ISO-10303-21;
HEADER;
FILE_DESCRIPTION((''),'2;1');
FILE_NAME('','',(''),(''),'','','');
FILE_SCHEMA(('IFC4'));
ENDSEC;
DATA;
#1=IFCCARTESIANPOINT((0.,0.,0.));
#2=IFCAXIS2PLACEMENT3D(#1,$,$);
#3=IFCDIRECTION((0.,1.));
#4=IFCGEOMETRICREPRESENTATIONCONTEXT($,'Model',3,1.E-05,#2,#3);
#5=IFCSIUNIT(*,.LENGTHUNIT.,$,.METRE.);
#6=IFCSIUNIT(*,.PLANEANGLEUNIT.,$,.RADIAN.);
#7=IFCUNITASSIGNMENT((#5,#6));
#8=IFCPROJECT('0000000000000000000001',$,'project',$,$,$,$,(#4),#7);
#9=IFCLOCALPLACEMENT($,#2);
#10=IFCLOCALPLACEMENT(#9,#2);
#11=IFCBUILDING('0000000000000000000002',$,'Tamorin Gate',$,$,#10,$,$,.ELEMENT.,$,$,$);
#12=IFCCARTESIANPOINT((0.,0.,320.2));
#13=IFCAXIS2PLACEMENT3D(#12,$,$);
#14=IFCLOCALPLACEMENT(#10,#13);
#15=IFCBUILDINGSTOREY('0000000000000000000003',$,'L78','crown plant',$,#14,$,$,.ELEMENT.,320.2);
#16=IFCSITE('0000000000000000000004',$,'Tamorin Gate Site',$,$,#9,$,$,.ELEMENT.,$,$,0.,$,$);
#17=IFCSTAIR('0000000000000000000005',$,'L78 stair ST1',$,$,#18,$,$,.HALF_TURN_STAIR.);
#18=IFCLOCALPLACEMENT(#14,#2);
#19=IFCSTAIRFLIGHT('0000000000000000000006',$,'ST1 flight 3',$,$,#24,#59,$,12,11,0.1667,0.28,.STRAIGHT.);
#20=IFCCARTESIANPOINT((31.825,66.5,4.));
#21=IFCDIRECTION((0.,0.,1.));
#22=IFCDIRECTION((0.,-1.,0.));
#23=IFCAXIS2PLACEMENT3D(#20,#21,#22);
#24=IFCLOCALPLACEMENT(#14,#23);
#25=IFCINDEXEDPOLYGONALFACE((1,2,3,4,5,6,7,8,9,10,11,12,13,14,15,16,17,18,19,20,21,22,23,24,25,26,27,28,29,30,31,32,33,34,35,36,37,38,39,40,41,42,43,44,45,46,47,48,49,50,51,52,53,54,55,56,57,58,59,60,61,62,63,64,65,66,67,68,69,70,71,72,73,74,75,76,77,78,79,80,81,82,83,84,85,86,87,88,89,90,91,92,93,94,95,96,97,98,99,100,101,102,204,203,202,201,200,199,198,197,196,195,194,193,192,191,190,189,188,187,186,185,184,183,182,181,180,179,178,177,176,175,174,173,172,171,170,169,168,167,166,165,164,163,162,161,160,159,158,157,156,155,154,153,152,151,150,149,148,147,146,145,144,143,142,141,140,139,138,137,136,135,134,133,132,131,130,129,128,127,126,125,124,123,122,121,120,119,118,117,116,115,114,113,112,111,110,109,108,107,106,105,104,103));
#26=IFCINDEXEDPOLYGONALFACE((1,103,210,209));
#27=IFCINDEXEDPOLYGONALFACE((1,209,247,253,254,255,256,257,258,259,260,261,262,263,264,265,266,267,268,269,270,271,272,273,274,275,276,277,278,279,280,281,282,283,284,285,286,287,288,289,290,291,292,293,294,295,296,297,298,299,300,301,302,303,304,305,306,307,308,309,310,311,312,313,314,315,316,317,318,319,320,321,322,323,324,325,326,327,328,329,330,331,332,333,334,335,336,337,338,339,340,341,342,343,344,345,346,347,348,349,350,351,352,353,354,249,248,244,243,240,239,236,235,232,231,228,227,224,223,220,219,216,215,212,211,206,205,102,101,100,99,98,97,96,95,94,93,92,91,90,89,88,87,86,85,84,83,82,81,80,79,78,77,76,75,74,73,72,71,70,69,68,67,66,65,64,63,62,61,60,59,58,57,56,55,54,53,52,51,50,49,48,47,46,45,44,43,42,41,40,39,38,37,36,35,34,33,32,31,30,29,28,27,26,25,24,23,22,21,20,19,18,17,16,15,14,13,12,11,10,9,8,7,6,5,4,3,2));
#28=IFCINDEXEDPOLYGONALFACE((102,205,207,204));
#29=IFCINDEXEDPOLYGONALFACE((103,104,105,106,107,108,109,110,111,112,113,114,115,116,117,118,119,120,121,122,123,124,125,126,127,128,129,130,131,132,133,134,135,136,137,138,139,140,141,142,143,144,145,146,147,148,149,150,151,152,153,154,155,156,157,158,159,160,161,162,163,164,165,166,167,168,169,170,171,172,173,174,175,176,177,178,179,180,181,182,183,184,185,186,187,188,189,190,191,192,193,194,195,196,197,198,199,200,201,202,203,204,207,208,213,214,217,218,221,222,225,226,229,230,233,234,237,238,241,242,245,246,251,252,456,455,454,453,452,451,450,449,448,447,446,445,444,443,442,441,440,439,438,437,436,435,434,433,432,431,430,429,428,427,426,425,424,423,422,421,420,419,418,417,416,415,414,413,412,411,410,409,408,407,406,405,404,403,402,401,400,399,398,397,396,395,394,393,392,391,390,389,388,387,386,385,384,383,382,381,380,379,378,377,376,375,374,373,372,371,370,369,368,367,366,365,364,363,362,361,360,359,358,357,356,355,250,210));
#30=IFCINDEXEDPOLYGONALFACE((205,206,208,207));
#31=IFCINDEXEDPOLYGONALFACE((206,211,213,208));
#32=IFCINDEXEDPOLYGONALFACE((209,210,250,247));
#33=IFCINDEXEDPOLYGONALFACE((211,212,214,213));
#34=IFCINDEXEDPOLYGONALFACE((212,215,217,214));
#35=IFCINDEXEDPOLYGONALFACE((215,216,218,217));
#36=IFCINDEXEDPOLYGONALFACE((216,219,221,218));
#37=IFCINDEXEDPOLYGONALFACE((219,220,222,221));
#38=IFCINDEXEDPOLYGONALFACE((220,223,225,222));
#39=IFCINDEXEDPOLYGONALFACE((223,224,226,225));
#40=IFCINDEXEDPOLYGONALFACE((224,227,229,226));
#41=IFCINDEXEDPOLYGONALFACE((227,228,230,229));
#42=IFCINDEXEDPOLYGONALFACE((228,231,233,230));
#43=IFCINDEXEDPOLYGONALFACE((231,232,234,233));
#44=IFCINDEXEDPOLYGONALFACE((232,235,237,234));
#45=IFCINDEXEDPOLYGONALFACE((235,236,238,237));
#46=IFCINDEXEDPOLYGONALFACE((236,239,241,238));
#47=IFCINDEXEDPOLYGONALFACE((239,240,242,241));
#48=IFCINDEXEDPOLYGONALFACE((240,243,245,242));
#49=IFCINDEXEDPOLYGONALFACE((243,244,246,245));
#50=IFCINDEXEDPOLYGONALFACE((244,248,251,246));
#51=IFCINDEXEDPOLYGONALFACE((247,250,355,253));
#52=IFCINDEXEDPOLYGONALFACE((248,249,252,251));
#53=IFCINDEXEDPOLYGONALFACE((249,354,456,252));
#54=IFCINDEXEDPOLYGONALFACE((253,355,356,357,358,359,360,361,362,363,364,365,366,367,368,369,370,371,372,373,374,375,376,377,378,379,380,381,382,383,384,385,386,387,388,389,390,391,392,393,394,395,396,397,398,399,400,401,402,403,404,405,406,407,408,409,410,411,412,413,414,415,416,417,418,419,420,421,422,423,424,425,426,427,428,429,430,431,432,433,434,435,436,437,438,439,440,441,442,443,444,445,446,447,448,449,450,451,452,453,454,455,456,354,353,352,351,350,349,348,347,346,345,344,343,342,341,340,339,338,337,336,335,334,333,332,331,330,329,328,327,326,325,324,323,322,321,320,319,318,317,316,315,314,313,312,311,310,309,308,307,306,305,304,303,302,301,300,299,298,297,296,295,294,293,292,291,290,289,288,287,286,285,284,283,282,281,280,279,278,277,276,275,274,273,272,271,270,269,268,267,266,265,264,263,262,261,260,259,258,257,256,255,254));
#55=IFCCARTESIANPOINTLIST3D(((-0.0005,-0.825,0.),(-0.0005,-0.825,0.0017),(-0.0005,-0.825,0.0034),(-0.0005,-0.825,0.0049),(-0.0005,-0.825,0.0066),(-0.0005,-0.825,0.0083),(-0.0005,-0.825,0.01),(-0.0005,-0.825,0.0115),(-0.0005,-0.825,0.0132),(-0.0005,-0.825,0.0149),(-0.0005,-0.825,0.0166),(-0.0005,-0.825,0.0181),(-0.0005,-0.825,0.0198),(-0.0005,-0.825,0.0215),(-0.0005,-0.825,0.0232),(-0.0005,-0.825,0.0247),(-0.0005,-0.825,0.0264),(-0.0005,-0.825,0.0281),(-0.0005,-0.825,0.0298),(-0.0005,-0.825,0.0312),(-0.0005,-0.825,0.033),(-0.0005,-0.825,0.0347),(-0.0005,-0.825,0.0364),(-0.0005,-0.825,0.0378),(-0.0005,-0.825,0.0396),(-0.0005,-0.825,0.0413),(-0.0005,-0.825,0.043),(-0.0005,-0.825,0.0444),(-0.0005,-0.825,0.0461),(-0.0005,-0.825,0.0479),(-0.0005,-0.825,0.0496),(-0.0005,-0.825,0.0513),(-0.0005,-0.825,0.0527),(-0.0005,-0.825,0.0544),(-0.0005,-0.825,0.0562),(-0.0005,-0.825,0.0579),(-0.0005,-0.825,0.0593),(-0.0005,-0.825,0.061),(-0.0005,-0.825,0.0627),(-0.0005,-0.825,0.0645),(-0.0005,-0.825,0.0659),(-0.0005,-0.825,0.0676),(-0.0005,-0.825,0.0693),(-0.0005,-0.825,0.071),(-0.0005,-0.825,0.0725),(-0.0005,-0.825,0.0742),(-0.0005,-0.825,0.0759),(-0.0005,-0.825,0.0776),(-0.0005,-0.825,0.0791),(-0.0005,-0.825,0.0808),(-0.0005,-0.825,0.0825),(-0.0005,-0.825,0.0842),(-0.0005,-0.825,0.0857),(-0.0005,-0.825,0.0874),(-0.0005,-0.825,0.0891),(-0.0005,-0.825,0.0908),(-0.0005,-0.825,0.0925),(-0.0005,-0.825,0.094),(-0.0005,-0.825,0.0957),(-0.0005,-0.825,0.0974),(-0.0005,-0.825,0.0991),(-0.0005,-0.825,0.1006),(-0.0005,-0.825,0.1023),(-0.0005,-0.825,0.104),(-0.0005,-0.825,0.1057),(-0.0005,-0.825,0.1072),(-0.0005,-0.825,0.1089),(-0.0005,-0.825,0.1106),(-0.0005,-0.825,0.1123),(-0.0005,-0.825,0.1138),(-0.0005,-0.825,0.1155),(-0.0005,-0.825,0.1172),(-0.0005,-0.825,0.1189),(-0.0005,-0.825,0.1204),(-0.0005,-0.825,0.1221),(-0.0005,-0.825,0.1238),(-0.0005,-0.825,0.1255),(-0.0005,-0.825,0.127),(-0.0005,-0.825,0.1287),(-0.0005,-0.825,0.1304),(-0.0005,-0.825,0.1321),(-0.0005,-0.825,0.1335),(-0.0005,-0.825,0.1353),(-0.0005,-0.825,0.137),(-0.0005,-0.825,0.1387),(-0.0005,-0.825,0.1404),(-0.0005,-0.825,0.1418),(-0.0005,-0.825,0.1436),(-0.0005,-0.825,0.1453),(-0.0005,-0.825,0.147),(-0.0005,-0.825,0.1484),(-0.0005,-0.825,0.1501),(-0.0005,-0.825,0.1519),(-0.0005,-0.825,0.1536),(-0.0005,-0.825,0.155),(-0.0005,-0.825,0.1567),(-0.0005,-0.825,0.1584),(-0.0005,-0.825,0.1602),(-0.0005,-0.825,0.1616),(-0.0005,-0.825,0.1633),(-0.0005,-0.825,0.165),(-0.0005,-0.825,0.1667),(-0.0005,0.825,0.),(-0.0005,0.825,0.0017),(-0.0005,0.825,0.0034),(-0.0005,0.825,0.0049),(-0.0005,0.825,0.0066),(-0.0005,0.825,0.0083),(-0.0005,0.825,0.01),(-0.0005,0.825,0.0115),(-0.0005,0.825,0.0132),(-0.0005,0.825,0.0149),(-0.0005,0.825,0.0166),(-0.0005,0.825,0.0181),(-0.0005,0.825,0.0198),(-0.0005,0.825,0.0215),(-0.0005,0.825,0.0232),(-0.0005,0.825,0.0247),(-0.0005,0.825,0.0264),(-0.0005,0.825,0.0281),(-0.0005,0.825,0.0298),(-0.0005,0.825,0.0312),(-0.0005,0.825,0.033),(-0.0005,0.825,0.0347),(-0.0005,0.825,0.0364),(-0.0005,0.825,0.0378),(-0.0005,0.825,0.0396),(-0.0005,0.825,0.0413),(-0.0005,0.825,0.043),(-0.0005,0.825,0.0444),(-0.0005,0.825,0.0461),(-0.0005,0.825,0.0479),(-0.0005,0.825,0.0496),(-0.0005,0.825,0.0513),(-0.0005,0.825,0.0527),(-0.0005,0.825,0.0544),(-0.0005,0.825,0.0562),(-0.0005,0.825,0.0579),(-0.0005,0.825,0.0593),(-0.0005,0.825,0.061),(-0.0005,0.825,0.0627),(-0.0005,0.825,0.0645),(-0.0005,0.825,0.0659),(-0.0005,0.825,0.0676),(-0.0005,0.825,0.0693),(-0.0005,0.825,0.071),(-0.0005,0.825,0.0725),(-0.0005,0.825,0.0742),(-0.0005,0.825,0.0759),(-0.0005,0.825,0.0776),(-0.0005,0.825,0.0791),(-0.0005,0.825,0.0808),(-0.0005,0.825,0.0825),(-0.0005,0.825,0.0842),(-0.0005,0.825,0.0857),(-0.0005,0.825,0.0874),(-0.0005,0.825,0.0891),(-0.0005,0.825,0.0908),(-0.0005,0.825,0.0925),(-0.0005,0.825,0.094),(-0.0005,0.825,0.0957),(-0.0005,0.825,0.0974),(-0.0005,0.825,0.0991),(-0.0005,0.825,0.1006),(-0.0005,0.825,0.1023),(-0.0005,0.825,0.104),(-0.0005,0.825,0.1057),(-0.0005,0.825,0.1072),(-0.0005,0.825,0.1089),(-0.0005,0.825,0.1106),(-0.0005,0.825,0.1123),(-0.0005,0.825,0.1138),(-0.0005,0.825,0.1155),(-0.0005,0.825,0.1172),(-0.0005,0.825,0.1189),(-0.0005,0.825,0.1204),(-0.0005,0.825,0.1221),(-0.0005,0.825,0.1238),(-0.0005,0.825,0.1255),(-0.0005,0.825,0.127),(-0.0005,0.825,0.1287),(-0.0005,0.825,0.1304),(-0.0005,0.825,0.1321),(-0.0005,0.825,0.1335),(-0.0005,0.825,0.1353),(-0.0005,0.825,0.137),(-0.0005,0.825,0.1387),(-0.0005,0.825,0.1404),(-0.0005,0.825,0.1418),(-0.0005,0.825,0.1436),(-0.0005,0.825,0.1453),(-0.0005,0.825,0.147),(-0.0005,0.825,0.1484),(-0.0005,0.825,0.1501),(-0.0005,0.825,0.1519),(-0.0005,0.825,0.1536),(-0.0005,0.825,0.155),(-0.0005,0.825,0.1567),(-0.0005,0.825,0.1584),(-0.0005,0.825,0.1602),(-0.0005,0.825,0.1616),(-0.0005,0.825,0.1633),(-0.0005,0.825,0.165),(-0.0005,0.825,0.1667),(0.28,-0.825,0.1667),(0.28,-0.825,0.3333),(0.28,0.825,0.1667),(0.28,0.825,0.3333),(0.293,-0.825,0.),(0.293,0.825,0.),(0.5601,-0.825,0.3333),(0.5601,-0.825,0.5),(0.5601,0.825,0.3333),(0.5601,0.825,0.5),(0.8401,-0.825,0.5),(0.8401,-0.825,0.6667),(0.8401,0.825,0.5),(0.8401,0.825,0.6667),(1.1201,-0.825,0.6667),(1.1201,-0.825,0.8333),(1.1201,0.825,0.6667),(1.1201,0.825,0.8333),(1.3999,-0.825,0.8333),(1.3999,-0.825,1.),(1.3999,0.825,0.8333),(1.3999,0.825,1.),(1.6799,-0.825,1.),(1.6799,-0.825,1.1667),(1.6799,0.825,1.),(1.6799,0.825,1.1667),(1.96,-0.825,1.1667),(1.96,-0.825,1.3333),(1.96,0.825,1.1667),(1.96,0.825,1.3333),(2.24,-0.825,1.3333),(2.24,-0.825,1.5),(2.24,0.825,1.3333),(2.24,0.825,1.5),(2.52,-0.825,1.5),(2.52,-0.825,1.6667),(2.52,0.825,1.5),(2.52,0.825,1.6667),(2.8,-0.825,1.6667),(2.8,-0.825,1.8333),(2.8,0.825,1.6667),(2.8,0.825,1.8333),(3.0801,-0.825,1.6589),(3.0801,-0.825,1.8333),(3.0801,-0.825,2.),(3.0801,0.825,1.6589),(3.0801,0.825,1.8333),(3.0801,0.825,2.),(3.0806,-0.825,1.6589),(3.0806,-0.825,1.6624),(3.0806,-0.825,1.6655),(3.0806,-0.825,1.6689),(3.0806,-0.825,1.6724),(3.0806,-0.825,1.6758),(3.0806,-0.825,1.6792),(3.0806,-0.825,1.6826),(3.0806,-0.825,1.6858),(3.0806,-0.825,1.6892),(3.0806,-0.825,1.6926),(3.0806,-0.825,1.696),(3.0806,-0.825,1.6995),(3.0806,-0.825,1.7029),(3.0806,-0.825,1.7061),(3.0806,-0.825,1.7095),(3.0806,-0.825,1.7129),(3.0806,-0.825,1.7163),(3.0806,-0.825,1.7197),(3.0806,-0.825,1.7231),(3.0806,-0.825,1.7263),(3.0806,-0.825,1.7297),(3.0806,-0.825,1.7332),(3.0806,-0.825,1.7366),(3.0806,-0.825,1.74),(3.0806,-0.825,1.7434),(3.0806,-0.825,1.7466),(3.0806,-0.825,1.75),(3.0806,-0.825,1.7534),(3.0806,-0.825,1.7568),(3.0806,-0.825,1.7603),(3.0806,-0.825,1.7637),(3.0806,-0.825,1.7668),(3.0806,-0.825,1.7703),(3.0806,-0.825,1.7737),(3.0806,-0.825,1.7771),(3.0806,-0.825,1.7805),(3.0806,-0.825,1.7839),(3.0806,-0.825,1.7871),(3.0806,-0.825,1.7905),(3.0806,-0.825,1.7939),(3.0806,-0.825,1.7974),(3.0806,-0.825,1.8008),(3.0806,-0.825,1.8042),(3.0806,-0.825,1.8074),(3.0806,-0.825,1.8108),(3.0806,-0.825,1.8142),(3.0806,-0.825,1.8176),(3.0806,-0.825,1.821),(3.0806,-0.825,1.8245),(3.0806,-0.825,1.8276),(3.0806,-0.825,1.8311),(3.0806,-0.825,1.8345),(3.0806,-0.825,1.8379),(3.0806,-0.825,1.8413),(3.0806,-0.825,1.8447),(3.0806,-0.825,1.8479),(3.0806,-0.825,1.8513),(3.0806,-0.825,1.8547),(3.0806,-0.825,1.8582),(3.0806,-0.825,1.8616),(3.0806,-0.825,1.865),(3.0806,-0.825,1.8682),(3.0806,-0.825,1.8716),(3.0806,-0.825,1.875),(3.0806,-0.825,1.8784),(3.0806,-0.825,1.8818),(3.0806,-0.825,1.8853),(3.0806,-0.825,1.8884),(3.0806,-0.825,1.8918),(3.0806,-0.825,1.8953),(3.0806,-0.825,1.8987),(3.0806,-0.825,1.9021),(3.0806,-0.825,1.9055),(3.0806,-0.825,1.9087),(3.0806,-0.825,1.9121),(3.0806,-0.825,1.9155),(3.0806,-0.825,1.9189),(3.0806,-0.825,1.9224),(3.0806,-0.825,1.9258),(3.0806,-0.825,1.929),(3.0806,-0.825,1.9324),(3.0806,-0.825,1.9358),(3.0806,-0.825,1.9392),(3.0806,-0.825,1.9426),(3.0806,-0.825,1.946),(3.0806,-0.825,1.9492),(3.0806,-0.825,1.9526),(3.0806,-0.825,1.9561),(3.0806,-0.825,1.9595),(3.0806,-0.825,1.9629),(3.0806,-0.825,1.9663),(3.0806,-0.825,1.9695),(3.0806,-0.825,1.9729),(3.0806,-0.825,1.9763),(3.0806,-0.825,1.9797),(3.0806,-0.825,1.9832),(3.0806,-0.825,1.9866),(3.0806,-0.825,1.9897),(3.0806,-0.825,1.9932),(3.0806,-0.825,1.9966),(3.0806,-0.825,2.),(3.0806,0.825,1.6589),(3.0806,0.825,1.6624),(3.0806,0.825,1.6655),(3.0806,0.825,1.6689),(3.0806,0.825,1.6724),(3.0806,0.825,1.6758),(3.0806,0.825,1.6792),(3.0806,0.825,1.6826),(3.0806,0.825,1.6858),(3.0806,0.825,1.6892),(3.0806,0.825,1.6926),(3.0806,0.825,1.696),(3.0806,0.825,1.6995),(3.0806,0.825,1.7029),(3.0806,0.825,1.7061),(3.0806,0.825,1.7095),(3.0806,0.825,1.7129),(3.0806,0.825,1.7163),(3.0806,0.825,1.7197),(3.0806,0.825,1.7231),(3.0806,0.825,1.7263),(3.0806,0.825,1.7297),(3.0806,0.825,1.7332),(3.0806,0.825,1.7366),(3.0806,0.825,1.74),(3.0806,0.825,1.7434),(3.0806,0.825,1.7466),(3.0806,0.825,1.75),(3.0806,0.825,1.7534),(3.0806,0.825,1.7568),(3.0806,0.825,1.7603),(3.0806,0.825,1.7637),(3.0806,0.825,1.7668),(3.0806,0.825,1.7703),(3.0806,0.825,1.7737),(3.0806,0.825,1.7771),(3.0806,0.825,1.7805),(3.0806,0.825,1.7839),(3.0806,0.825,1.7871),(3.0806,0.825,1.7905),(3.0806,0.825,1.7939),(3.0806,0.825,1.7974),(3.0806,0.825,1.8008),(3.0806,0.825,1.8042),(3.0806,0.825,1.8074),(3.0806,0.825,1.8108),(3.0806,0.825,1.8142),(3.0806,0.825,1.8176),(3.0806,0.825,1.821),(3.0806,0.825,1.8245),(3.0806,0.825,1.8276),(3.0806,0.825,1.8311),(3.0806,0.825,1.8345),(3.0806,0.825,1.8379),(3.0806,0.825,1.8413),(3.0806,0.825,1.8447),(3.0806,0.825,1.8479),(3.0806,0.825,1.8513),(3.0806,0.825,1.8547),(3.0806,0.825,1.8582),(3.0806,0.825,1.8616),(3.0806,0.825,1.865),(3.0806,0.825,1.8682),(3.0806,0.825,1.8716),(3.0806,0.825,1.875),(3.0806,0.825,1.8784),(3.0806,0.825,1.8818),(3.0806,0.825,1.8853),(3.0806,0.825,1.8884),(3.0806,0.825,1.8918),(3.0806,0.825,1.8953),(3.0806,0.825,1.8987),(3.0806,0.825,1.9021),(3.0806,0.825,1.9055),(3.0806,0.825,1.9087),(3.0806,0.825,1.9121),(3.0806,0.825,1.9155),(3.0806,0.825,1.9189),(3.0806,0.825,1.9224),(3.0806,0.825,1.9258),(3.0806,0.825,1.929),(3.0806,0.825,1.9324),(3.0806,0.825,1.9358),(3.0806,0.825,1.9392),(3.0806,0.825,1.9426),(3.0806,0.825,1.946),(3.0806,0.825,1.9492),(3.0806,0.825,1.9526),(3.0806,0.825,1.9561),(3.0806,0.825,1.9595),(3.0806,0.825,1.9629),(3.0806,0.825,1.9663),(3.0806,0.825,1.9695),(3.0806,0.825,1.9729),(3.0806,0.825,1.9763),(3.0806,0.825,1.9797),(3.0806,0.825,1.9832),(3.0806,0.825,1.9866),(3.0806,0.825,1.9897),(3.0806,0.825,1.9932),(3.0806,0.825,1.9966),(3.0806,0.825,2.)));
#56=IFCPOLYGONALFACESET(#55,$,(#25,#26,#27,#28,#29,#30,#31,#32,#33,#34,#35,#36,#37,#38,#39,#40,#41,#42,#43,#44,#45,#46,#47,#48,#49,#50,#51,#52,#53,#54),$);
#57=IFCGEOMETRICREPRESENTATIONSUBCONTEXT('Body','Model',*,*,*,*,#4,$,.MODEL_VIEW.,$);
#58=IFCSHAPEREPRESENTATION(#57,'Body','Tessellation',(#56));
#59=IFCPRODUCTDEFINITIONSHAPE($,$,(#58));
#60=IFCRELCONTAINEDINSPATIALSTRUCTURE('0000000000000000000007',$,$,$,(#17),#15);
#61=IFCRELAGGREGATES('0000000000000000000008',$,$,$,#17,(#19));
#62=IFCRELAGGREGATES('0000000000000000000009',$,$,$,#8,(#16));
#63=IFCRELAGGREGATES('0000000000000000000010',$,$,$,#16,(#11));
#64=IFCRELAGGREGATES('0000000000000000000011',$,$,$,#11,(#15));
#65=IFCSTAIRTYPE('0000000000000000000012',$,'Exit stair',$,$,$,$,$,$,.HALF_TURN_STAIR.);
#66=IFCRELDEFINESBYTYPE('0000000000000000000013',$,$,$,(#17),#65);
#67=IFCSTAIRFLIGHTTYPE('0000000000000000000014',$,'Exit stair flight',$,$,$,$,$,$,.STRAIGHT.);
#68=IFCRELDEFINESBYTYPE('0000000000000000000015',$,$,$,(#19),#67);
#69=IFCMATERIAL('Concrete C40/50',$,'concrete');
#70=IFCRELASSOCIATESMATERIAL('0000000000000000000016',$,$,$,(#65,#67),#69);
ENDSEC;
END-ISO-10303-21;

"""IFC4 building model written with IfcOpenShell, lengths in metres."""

from ifc_helpers import new_model, si_unit, direction, frame, origin, place, context, subcontext, project, spatial, polyline, outline, extrude, material, type_object, element, aggregate, save


model = new_model("IFC4")

# Units and contexts
model_context = context("Model", 3, precision=1e-05, world=origin(), true_north=direction((0.0, 1.0)))
body_context = subcontext(model_context, "Body", "Model", "MODEL_VIEW")
ifc_project = project(units=[si_unit("LENGTHUNIT", "METRE"), si_unit("PLANEANGLEUNIT", "RADIAN")], contexts=[model_context])

# Site, building, storey
site_placement = place(None, origin())
site = spatial("IfcSite", under=ifc_project, at=site_placement, Name="Tamorin Gate Site", CompositionType="ELEMENT", RefElevation=0.0)
building_placement = place(site_placement, origin())
building = spatial("IfcBuilding", under=site, at=building_placement, Name="Tamorin Gate", CompositionType="ELEMENT")
storey_placement = place(building_placement, frame((0.0, 0.0, 320.2)))
storey = spatial("IfcBuildingStorey", under=building, at=storey_placement, Name="L78", Description="crown plant", CompositionType="ELEMENT", Elevation=320.2)

# Shared definitions
ifc_material_1 = material(Name="Concrete C40/50", Category="concrete")

# Stair, stair flight
stair_type = type_object("IfcStairType", Name="Exit stair", PredefinedType="HALF_TURN_STAIR", material=ifc_material_1)
stair_placement = place(storey_placement, origin())
stair = element("IfcStair", 1, at=stair_placement, inside=storey, type_object=stair_type, Name="L78 stair ST1", PredefinedType="HALF_TURN_STAIR")
stair_flight_type = type_object("IfcStairFlightType", Name="Exit stair flight", PredefinedType="STRAIGHT", material=ifc_material_1)
stair_flight_1_placement = place(storey_placement, frame((31.825, 66.5, 4.0), z_axis=(0.0, 0.0, 1.0), x_axis=(0.0, -1.0, 0.0)))
stair_flight_1 = element("IfcStairFlight", 2, at=stair_flight_1_placement, type_object=stair_flight_type, Name="ST1 flight 3", NumberOfRisers=12, NumberOfTreads=11, PredefinedType="STRAIGHT", RiserHeight=0.1667, TreadLength=0.28, context=body_context, shape_type="SweptSolid", body=[
    extrude(outline(polyline([(-0.0005, 0.0), (-0.0005, 0.0017), (-0.0005, 0.0034), (-0.0005, 0.0049), (-0.0005, 0.0066), (-0.0005, 0.0083), (-0.0005, 0.01), (-0.0005, 0.0115), (-0.0005, 0.0132), (-0.0005, 0.0149), (-0.0005, 0.0166), (-0.0005, 0.0181), (-0.0005, 0.0198), (-0.0005, 0.0215), (-0.0005, 0.0232), (-0.0005, 0.0247), (-0.0005, 0.0264), (-0.0005, 0.0281), (-0.0005, 0.0298), (-0.0005, 0.0312), (-0.0005, 0.033), (-0.0005, 0.0347), (-0.0005, 0.0364), (-0.0005, 0.0378), (-0.0005, 0.0396), (-0.0005, 0.0413), (-0.0005, 0.043), (-0.0005, 0.0444), (-0.0005, 0.0461), (-0.0005, 0.0479), (-0.0005, 0.0496), (-0.0005, 0.0513), (-0.0005, 0.0527), (-0.0005, 0.0544), (-0.0005, 0.0562), (-0.0005, 0.0579), (-0.0005, 0.0593), (-0.0005, 0.061), (-0.0005, 0.0627), (-0.0005, 0.0645), (-0.0005, 0.0659), (-0.0005, 0.0676), (-0.0005, 0.0693), (-0.0005, 0.071), (-0.0005, 0.0725), (-0.0005, 0.0742), (-0.0005, 0.0759), (-0.0005, 0.0776), (-0.0005, 0.0791), (-0.0005, 0.0808), (-0.0005, 0.0825), (-0.0005, 0.0842), (-0.0005, 0.0857), (-0.0005, 0.0874), (-0.0005, 0.0891), (-0.0005, 0.0908), (-0.0005, 0.0925), (-0.0005, 0.094), (-0.0005, 0.0957), (-0.0005, 0.0974), (-0.0005, 0.0991), (-0.0005, 0.1006), (-0.0005, 0.1023), (-0.0005, 0.104), (-0.0005, 0.1057), (-0.0005, 0.1072), (-0.0005, 0.1089), (-0.0005, 0.1106), (-0.0005, 0.1123), (-0.0005, 0.1138), (-0.0005, 0.1155), (-0.0005, 0.1172), (-0.0005, 0.1189), (-0.0005, 0.1204), (-0.0005, 0.1221), (-0.0005, 0.1238), (-0.0005, 0.1255), (-0.0005, 0.127), (-0.0005, 0.1287), (-0.0005, 0.1304), (-0.0005, 0.1321), (-0.0005, 0.1335), (-0.0005, 0.1353), (-0.0005, 0.137), (-0.0005, 0.1387), (-0.0005, 0.1404), (-0.0005, 0.1418), (-0.0005, 0.1436), (-0.0005, 0.1453), (-0.0005, 0.147), (-0.0005, 0.1484), (-0.0005, 0.1501), (-0.0005, 0.1519), (-0.0005, 0.1536), (-0.0005, 0.155), (-0.0005, 0.1567), (-0.0005, 0.1584), (-0.0005, 0.1602), (-0.0005, 0.1616), (-0.0005, 0.1633), (-0.0005, 0.165), (-0.0005, 0.1667), (0.28, 0.1667), (0.28, 0.3333), (0.5601, 0.3333), (0.5601, 0.5), (0.8401, 0.5), (0.8401, 0.6667), (1.1201, 0.6667), (1.1201, 0.8333), (1.3999, 0.8333), (1.3999, 1.0), (1.6799, 1.0), (1.6799, 1.1667), (1.96, 1.1667), (1.96, 1.3333), (2.24, 1.3333), (2.24, 1.5), (2.52, 1.5), (2.52, 1.6667), (2.8, 1.6667), (2.8, 1.8333), (3.0801, 1.8333), (3.0801, 2.0), (3.0806, 2.0), (3.0806, 1.9966), (3.0806, 1.9932), (3.0806, 1.9897), (3.0806, 1.9866), (3.0806, 1.9832), (3.0806, 1.9797), (3.0806, 1.9763), (3.0806, 1.9729), (3.0806, 1.9695), (3.0806, 1.9663), (3.0806, 1.9629), (3.0806, 1.9595), (3.0806, 1.9561), (3.0806, 1.9526), (3.0806, 1.9492), (3.0806, 1.946), (3.0806, 1.9426), (3.0806, 1.9392), (3.0806, 1.9358), (3.0806, 1.9324), (3.0806, 1.929), (3.0806, 1.9258), (3.0806, 1.9224), (3.0806, 1.9189), (3.0806, 1.9155), (3.0806, 1.9121), (3.0806, 1.9087), (3.0806, 1.9055), (3.0806, 1.9021), (3.0806, 1.8987), (3.0806, 1.8953), (3.0806, 1.8918), (3.0806, 1.8884), (3.0806, 1.8853), (3.0806, 1.8818), (3.0806, 1.8784), (3.0806, 1.875), (3.0806, 1.8716), (3.0806, 1.8682), (3.0806, 1.865), (3.0806, 1.8616), (3.0806, 1.8582), (3.0806, 1.8547), (3.0806, 1.8513), (3.0806, 1.8479), (3.0806, 1.8447), (3.0806, 1.8413), (3.0806, 1.8379), (3.0806, 1.8345), (3.0806, 1.8311), (3.0806, 1.8276), (3.0806, 1.8245), (3.0806, 1.821), (3.0806, 1.8176), (3.0806, 1.8142), (3.0806, 1.8108), (3.0806, 1.8074), (3.0806, 1.8042), (3.0806, 1.8008), (3.0806, 1.7974), (3.0806, 1.7939), (3.0806, 1.7905), (3.0806, 1.7871), (3.0806, 1.7839), (3.0806, 1.7805), (3.0806, 1.7771), (3.0806, 1.7737), (3.0806, 1.7703), (3.0806, 1.7668), (3.0806, 1.7637), (3.0806, 1.7603), (3.0806, 1.7568), (3.0806, 1.7534), (3.0806, 1.75), (3.0806, 1.7466), (3.0806, 1.7434), (3.0806, 1.74), (3.0806, 1.7366), (3.0806, 1.7332), (3.0806, 1.7297), (3.0806, 1.7263), (3.0806, 1.7231), (3.0806, 1.7197), (3.0806, 1.7163), (3.0806, 1.7129), (3.0806, 1.7095), (3.0806, 1.7061), (3.0806, 1.7029), (3.0806, 1.6995), (3.0806, 1.696), (3.0806, 1.6926), (3.0806, 1.6892), (3.0806, 1.6858), (3.0806, 1.6826), (3.0806, 1.6792), (3.0806, 1.6758), (3.0806, 1.6724), (3.0806, 1.6689), (3.0806, 1.6655), (3.0806, 1.6624), (3.0806, 1.6589), (3.0801, 1.6589), (0.293, 0.0), (-0.0005, 0.0)])), frame((0.0, 0.825, 0.0), z_axis=(0.0, -1.0, 0.0), x_axis=(1.0, 0.0, 0.0)), (0.0, 0.0, 1.0), 1.6499),
])
aggregate(stair, [stair_flight_1])

save(model, "model.ifc")
